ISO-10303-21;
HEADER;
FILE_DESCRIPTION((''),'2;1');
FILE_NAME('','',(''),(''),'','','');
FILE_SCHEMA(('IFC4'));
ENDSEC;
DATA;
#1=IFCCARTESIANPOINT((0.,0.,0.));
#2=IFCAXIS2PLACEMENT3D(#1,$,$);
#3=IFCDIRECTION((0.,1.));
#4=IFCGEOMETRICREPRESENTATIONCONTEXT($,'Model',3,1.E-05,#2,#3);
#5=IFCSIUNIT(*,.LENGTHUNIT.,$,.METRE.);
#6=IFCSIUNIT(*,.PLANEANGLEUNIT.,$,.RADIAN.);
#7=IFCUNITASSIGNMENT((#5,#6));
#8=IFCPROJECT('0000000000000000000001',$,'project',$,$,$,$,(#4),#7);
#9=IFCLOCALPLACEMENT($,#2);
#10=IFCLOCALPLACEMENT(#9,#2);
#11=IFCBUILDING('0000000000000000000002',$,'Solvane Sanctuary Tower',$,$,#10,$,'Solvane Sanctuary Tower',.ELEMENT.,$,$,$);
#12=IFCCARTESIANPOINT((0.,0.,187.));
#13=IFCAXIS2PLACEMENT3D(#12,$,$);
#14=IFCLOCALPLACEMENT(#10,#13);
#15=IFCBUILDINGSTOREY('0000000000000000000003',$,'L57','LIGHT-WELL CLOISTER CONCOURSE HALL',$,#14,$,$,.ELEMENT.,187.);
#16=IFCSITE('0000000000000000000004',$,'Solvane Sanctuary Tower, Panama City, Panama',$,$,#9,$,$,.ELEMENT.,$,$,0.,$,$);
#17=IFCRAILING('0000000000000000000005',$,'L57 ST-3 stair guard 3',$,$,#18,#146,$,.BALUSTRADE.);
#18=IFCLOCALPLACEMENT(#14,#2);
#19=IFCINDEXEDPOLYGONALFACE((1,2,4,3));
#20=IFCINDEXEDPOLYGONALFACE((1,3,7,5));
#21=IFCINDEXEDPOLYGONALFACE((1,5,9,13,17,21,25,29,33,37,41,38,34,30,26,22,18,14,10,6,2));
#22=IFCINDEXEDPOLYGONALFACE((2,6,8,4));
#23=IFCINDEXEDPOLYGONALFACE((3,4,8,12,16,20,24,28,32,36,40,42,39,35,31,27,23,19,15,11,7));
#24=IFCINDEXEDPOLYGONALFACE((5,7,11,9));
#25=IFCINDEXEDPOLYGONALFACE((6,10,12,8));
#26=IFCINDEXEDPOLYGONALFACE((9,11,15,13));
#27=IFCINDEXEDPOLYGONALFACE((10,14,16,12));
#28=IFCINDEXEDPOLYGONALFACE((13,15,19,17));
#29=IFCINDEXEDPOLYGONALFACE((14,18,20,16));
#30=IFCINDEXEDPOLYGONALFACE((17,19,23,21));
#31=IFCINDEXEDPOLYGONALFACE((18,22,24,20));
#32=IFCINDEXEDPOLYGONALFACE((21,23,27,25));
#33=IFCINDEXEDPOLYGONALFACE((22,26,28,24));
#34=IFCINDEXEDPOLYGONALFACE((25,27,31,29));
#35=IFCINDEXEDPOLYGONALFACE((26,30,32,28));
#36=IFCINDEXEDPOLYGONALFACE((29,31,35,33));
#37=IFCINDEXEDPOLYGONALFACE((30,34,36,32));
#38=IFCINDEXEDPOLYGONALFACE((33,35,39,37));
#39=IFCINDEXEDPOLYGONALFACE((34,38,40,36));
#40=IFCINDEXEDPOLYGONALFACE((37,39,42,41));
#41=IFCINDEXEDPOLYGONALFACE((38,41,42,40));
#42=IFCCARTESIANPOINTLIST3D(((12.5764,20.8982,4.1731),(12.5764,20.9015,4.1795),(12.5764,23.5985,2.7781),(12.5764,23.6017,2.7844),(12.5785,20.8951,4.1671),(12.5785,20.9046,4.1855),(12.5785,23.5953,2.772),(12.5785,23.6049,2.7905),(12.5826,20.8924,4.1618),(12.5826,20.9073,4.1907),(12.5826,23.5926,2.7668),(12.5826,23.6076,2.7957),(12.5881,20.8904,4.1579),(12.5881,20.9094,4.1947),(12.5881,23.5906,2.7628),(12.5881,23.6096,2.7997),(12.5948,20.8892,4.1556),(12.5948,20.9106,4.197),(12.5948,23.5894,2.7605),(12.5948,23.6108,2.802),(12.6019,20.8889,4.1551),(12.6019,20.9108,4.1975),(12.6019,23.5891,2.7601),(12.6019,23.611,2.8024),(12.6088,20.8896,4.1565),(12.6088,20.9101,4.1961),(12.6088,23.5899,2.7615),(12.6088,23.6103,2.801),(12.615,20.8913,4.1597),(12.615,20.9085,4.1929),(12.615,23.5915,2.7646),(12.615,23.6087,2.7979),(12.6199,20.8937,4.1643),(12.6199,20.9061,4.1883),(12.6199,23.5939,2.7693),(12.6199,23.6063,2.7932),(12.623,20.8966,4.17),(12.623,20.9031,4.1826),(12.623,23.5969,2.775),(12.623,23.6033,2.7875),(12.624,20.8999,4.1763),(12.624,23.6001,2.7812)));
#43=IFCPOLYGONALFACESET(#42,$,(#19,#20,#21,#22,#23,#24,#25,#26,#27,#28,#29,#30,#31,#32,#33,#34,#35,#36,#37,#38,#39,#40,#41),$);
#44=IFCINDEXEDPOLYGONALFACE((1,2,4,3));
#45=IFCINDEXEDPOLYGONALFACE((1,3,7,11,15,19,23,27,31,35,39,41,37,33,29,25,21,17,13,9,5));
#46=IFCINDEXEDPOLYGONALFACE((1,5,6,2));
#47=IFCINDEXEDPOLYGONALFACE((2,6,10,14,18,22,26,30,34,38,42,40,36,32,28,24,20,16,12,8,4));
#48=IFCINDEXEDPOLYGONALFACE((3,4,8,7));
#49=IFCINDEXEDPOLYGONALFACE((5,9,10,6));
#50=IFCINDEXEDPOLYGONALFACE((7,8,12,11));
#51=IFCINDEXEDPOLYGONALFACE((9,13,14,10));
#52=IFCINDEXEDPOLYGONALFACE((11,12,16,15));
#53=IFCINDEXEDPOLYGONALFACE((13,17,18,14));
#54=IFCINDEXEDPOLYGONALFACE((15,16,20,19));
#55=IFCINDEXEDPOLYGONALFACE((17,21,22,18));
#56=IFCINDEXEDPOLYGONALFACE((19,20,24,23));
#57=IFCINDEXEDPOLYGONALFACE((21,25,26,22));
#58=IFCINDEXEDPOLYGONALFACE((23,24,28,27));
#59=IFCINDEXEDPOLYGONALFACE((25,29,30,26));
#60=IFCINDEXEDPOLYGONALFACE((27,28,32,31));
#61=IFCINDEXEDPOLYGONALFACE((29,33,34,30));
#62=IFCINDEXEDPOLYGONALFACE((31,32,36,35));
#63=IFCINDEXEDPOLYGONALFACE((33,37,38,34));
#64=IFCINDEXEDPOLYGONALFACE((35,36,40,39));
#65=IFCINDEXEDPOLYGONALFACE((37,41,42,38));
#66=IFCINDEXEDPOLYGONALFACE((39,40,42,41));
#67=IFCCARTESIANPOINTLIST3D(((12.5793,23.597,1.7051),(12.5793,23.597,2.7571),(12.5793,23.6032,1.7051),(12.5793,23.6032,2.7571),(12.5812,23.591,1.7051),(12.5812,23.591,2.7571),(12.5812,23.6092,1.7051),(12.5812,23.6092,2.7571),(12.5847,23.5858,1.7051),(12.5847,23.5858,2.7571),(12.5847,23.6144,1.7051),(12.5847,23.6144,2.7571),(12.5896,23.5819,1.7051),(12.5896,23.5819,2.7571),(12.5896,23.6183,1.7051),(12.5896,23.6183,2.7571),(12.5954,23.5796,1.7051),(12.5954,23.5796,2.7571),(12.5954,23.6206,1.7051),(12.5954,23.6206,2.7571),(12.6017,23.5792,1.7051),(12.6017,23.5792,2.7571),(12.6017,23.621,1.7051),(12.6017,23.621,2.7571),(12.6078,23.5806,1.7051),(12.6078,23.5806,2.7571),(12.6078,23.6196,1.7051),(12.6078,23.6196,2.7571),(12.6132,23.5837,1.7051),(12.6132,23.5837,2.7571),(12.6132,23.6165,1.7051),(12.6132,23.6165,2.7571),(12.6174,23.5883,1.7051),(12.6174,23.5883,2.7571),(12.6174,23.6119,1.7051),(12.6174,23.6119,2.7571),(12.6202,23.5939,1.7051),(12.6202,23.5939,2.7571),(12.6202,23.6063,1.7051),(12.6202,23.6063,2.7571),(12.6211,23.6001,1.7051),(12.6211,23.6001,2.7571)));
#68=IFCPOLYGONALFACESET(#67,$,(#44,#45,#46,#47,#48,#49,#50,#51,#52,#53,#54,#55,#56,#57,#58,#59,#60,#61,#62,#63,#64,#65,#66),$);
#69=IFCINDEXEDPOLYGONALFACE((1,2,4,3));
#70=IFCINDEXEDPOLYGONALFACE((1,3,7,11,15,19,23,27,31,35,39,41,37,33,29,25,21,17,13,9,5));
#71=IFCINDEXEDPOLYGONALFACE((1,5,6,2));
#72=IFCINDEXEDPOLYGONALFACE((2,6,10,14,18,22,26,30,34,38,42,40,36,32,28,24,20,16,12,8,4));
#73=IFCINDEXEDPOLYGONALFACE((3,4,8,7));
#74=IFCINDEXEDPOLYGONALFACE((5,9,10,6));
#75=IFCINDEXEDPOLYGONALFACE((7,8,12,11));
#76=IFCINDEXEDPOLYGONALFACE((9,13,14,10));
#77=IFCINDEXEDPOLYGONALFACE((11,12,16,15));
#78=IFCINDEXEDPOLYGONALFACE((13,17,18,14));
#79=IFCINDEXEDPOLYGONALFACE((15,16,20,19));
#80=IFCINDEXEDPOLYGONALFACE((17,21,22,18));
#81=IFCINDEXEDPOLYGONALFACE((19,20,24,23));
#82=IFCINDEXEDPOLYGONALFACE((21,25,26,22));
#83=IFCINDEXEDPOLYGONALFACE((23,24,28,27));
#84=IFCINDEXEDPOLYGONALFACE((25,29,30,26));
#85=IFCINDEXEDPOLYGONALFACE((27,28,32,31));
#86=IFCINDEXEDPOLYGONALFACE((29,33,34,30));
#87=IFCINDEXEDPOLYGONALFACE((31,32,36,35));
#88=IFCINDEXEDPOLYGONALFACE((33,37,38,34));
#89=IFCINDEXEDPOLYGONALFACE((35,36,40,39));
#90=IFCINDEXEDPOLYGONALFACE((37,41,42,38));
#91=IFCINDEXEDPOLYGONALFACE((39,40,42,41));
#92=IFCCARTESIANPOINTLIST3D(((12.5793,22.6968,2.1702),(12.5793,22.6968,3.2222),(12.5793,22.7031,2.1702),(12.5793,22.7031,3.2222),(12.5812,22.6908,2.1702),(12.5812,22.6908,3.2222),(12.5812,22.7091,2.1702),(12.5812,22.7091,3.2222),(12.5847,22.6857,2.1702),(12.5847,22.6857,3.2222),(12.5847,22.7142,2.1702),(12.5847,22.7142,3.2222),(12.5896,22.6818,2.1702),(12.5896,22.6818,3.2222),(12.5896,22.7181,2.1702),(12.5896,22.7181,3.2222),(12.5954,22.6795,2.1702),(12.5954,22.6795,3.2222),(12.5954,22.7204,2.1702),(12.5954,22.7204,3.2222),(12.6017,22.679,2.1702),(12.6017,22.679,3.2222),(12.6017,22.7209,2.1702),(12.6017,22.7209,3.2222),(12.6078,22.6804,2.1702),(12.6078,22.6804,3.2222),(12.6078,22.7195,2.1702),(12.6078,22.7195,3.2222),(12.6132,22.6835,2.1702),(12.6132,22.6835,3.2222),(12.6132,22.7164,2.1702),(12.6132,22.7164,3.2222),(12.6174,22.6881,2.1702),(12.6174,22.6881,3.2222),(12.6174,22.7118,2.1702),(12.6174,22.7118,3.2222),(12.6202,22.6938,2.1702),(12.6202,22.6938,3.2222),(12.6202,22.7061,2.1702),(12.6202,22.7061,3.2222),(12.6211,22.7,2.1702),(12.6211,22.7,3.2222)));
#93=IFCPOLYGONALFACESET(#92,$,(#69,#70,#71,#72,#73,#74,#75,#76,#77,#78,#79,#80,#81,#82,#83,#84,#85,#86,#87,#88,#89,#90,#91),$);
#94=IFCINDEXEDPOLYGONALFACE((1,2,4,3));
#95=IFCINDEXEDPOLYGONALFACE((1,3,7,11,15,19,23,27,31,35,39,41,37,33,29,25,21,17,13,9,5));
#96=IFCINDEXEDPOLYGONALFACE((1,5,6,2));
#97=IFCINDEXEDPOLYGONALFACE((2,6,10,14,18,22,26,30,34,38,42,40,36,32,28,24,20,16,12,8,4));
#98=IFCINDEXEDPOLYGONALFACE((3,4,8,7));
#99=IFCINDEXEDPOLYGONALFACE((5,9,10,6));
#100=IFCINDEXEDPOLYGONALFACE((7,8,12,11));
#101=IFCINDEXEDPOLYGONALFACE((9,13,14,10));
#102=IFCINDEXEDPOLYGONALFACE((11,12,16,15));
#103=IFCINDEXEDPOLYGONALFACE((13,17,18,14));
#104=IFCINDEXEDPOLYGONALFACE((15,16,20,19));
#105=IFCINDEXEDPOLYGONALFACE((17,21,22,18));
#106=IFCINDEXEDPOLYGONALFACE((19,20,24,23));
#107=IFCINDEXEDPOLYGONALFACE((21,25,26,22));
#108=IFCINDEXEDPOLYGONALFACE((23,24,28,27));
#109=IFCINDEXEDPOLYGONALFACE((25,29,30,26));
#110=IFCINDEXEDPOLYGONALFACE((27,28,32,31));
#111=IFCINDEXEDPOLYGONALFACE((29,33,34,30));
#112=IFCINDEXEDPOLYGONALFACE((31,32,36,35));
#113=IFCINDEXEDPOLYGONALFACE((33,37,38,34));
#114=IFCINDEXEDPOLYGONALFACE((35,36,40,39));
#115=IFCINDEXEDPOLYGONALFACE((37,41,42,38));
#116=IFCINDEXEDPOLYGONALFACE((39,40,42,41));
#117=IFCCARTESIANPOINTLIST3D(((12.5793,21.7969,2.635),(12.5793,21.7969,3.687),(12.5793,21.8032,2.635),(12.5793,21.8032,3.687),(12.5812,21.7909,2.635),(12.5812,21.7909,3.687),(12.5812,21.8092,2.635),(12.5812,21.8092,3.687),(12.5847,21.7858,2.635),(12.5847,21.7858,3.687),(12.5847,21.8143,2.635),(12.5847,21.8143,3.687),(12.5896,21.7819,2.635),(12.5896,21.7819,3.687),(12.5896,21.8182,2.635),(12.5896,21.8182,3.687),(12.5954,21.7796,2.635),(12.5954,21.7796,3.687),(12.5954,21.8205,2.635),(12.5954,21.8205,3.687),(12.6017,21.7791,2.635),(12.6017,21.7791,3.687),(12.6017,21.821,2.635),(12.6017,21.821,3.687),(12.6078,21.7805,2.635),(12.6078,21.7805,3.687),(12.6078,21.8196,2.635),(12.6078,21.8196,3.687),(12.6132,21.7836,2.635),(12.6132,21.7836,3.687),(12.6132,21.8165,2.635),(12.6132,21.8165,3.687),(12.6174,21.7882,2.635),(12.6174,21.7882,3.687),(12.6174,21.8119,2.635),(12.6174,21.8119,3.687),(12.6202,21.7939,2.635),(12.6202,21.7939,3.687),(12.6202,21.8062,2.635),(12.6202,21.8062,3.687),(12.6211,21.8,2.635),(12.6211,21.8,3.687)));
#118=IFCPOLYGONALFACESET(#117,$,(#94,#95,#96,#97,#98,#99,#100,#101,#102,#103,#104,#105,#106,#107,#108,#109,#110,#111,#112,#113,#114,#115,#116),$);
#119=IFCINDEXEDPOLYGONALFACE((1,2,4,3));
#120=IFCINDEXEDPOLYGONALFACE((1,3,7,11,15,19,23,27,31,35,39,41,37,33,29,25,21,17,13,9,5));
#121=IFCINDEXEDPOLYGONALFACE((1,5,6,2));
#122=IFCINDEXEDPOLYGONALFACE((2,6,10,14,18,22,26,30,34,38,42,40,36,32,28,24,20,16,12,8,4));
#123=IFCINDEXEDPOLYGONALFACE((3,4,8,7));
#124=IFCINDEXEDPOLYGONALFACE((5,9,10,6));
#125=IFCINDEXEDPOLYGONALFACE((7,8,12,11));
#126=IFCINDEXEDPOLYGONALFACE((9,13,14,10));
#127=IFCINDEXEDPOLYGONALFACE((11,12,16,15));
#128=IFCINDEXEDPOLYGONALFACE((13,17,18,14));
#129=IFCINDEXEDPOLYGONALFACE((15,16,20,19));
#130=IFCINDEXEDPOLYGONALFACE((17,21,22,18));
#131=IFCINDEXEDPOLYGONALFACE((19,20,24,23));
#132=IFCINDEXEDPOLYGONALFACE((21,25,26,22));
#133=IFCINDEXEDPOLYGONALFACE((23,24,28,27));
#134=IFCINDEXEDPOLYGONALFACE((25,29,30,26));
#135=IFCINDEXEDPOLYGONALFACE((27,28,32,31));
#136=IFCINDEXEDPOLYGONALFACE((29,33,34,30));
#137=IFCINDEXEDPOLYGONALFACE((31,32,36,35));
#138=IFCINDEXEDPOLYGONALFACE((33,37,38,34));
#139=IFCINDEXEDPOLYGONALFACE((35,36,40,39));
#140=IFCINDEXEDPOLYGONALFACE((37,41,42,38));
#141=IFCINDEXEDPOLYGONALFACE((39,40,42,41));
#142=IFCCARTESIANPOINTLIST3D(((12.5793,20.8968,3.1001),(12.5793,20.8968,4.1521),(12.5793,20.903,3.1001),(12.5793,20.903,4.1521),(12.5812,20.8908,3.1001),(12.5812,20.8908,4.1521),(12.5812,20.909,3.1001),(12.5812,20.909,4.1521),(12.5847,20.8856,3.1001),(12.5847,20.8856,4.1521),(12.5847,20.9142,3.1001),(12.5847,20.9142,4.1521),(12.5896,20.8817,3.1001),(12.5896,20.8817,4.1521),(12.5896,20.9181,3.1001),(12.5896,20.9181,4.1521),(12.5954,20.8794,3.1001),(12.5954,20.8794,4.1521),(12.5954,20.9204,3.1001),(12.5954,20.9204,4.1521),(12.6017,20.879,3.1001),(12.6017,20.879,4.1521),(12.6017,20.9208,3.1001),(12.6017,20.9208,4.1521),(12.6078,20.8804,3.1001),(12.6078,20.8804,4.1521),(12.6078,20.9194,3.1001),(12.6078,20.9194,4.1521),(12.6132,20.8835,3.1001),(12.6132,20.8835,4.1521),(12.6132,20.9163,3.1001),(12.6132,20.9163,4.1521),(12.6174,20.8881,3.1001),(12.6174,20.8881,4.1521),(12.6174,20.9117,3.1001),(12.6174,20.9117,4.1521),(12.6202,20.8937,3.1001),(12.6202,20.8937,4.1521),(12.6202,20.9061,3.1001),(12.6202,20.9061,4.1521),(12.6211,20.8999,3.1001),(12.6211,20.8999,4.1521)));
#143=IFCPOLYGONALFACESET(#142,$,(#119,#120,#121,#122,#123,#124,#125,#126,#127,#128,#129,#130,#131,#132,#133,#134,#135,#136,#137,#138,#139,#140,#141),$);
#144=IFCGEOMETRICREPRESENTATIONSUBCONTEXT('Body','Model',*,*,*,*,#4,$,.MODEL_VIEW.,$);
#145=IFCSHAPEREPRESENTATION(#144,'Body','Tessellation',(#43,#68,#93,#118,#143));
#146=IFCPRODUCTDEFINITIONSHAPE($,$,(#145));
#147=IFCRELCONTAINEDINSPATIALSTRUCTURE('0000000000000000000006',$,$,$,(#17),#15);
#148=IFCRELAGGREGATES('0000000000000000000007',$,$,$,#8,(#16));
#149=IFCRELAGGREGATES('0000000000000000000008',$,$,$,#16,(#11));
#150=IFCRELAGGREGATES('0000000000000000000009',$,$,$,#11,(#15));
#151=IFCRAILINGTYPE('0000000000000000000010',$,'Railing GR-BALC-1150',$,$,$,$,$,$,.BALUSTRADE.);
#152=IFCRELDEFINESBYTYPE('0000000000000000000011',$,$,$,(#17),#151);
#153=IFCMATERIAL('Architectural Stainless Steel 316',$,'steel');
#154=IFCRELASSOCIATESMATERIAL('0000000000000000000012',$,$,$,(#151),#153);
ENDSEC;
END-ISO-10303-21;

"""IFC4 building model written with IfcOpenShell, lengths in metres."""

from ifc_helpers import new_model, si_unit, direction, frame, origin, origin_2d, place, context, subcontext, project, spatial, circle, extrude, material, type_object, element, save


model = new_model("IFC4")

# Units and contexts
model_context = context("Model", 3, precision=1e-05, world=origin(), true_north=direction((0.0, 1.0)))
body_context = subcontext(model_context, "Body", "Model", "MODEL_VIEW")
ifc_project = project(units=[si_unit("LENGTHUNIT", "METRE"), si_unit("PLANEANGLEUNIT", "RADIAN")], contexts=[model_context])

# Site, building, storey
site_placement = place(None, origin())
site = spatial("IfcSite", under=ifc_project, at=site_placement, Name="Solvane Sanctuary Tower, Panama City, Panama", CompositionType="ELEMENT", RefElevation=0.0)
building_placement = place(site_placement, origin())
building = spatial("IfcBuilding", under=site, at=building_placement, Name="Solvane Sanctuary Tower", LongName="Solvane Sanctuary Tower", CompositionType="ELEMENT")
storey_placement = place(building_placement, frame((0.0, 0.0, 187.0)))
storey = spatial("IfcBuildingStorey", under=building, at=storey_placement, Name="L57", Description="LIGHT-WELL CLOISTER CONCOURSE HALL", CompositionType="ELEMENT", Elevation=187.0)

# Railing
ifc_material_1 = material(Name="Architectural Stainless Steel 316", Category="steel")
railing_type_1 = type_object("IfcRailingType", Name="Railing GR-BALC-1150", PredefinedType="BALUSTRADE", material=ifc_material_1)
railing_1_placement = place(storey_placement, frame((12.6001, 23.6001, 1.7051)))
element("IfcRailing", 1, at=railing_1_placement, inside=storey, type_object=railing_type_1, Name="L57 ST-3 stair guard 3", PredefinedType="BALUSTRADE", context=body_context, shape_type="SweptSolid", body=[
    extrude(circle(Radius=0.0239, at=origin_2d()), frame((0.0, 0.0, 1.0762), z_axis=(0.0, -0.888437, 0.458999), x_axis=(1.0, 0.0, 0.0)), (0.0, 0.0, 1.0), 3.0393),
    extrude(circle(Radius=0.021, at=origin_2d()), origin(), (0.0, 0.0, 1.0), 1.052),
    extrude(circle(Radius=0.021, at=origin_2d()), frame((0.0, -0.9001, 0.4651)), (0.0, 0.0, 1.0), 1.052),
    extrude(circle(Radius=0.021, at=origin_2d()), frame((0.0, -1.8, 0.9299)), (0.0, 0.0, 1.0), 1.052),
    extrude(circle(Radius=0.021, at=origin_2d()), frame((0.0, -2.7002, 1.395)), (0.0, 0.0, 1.0), 1.052),
])

save(model, "model.ifc")
